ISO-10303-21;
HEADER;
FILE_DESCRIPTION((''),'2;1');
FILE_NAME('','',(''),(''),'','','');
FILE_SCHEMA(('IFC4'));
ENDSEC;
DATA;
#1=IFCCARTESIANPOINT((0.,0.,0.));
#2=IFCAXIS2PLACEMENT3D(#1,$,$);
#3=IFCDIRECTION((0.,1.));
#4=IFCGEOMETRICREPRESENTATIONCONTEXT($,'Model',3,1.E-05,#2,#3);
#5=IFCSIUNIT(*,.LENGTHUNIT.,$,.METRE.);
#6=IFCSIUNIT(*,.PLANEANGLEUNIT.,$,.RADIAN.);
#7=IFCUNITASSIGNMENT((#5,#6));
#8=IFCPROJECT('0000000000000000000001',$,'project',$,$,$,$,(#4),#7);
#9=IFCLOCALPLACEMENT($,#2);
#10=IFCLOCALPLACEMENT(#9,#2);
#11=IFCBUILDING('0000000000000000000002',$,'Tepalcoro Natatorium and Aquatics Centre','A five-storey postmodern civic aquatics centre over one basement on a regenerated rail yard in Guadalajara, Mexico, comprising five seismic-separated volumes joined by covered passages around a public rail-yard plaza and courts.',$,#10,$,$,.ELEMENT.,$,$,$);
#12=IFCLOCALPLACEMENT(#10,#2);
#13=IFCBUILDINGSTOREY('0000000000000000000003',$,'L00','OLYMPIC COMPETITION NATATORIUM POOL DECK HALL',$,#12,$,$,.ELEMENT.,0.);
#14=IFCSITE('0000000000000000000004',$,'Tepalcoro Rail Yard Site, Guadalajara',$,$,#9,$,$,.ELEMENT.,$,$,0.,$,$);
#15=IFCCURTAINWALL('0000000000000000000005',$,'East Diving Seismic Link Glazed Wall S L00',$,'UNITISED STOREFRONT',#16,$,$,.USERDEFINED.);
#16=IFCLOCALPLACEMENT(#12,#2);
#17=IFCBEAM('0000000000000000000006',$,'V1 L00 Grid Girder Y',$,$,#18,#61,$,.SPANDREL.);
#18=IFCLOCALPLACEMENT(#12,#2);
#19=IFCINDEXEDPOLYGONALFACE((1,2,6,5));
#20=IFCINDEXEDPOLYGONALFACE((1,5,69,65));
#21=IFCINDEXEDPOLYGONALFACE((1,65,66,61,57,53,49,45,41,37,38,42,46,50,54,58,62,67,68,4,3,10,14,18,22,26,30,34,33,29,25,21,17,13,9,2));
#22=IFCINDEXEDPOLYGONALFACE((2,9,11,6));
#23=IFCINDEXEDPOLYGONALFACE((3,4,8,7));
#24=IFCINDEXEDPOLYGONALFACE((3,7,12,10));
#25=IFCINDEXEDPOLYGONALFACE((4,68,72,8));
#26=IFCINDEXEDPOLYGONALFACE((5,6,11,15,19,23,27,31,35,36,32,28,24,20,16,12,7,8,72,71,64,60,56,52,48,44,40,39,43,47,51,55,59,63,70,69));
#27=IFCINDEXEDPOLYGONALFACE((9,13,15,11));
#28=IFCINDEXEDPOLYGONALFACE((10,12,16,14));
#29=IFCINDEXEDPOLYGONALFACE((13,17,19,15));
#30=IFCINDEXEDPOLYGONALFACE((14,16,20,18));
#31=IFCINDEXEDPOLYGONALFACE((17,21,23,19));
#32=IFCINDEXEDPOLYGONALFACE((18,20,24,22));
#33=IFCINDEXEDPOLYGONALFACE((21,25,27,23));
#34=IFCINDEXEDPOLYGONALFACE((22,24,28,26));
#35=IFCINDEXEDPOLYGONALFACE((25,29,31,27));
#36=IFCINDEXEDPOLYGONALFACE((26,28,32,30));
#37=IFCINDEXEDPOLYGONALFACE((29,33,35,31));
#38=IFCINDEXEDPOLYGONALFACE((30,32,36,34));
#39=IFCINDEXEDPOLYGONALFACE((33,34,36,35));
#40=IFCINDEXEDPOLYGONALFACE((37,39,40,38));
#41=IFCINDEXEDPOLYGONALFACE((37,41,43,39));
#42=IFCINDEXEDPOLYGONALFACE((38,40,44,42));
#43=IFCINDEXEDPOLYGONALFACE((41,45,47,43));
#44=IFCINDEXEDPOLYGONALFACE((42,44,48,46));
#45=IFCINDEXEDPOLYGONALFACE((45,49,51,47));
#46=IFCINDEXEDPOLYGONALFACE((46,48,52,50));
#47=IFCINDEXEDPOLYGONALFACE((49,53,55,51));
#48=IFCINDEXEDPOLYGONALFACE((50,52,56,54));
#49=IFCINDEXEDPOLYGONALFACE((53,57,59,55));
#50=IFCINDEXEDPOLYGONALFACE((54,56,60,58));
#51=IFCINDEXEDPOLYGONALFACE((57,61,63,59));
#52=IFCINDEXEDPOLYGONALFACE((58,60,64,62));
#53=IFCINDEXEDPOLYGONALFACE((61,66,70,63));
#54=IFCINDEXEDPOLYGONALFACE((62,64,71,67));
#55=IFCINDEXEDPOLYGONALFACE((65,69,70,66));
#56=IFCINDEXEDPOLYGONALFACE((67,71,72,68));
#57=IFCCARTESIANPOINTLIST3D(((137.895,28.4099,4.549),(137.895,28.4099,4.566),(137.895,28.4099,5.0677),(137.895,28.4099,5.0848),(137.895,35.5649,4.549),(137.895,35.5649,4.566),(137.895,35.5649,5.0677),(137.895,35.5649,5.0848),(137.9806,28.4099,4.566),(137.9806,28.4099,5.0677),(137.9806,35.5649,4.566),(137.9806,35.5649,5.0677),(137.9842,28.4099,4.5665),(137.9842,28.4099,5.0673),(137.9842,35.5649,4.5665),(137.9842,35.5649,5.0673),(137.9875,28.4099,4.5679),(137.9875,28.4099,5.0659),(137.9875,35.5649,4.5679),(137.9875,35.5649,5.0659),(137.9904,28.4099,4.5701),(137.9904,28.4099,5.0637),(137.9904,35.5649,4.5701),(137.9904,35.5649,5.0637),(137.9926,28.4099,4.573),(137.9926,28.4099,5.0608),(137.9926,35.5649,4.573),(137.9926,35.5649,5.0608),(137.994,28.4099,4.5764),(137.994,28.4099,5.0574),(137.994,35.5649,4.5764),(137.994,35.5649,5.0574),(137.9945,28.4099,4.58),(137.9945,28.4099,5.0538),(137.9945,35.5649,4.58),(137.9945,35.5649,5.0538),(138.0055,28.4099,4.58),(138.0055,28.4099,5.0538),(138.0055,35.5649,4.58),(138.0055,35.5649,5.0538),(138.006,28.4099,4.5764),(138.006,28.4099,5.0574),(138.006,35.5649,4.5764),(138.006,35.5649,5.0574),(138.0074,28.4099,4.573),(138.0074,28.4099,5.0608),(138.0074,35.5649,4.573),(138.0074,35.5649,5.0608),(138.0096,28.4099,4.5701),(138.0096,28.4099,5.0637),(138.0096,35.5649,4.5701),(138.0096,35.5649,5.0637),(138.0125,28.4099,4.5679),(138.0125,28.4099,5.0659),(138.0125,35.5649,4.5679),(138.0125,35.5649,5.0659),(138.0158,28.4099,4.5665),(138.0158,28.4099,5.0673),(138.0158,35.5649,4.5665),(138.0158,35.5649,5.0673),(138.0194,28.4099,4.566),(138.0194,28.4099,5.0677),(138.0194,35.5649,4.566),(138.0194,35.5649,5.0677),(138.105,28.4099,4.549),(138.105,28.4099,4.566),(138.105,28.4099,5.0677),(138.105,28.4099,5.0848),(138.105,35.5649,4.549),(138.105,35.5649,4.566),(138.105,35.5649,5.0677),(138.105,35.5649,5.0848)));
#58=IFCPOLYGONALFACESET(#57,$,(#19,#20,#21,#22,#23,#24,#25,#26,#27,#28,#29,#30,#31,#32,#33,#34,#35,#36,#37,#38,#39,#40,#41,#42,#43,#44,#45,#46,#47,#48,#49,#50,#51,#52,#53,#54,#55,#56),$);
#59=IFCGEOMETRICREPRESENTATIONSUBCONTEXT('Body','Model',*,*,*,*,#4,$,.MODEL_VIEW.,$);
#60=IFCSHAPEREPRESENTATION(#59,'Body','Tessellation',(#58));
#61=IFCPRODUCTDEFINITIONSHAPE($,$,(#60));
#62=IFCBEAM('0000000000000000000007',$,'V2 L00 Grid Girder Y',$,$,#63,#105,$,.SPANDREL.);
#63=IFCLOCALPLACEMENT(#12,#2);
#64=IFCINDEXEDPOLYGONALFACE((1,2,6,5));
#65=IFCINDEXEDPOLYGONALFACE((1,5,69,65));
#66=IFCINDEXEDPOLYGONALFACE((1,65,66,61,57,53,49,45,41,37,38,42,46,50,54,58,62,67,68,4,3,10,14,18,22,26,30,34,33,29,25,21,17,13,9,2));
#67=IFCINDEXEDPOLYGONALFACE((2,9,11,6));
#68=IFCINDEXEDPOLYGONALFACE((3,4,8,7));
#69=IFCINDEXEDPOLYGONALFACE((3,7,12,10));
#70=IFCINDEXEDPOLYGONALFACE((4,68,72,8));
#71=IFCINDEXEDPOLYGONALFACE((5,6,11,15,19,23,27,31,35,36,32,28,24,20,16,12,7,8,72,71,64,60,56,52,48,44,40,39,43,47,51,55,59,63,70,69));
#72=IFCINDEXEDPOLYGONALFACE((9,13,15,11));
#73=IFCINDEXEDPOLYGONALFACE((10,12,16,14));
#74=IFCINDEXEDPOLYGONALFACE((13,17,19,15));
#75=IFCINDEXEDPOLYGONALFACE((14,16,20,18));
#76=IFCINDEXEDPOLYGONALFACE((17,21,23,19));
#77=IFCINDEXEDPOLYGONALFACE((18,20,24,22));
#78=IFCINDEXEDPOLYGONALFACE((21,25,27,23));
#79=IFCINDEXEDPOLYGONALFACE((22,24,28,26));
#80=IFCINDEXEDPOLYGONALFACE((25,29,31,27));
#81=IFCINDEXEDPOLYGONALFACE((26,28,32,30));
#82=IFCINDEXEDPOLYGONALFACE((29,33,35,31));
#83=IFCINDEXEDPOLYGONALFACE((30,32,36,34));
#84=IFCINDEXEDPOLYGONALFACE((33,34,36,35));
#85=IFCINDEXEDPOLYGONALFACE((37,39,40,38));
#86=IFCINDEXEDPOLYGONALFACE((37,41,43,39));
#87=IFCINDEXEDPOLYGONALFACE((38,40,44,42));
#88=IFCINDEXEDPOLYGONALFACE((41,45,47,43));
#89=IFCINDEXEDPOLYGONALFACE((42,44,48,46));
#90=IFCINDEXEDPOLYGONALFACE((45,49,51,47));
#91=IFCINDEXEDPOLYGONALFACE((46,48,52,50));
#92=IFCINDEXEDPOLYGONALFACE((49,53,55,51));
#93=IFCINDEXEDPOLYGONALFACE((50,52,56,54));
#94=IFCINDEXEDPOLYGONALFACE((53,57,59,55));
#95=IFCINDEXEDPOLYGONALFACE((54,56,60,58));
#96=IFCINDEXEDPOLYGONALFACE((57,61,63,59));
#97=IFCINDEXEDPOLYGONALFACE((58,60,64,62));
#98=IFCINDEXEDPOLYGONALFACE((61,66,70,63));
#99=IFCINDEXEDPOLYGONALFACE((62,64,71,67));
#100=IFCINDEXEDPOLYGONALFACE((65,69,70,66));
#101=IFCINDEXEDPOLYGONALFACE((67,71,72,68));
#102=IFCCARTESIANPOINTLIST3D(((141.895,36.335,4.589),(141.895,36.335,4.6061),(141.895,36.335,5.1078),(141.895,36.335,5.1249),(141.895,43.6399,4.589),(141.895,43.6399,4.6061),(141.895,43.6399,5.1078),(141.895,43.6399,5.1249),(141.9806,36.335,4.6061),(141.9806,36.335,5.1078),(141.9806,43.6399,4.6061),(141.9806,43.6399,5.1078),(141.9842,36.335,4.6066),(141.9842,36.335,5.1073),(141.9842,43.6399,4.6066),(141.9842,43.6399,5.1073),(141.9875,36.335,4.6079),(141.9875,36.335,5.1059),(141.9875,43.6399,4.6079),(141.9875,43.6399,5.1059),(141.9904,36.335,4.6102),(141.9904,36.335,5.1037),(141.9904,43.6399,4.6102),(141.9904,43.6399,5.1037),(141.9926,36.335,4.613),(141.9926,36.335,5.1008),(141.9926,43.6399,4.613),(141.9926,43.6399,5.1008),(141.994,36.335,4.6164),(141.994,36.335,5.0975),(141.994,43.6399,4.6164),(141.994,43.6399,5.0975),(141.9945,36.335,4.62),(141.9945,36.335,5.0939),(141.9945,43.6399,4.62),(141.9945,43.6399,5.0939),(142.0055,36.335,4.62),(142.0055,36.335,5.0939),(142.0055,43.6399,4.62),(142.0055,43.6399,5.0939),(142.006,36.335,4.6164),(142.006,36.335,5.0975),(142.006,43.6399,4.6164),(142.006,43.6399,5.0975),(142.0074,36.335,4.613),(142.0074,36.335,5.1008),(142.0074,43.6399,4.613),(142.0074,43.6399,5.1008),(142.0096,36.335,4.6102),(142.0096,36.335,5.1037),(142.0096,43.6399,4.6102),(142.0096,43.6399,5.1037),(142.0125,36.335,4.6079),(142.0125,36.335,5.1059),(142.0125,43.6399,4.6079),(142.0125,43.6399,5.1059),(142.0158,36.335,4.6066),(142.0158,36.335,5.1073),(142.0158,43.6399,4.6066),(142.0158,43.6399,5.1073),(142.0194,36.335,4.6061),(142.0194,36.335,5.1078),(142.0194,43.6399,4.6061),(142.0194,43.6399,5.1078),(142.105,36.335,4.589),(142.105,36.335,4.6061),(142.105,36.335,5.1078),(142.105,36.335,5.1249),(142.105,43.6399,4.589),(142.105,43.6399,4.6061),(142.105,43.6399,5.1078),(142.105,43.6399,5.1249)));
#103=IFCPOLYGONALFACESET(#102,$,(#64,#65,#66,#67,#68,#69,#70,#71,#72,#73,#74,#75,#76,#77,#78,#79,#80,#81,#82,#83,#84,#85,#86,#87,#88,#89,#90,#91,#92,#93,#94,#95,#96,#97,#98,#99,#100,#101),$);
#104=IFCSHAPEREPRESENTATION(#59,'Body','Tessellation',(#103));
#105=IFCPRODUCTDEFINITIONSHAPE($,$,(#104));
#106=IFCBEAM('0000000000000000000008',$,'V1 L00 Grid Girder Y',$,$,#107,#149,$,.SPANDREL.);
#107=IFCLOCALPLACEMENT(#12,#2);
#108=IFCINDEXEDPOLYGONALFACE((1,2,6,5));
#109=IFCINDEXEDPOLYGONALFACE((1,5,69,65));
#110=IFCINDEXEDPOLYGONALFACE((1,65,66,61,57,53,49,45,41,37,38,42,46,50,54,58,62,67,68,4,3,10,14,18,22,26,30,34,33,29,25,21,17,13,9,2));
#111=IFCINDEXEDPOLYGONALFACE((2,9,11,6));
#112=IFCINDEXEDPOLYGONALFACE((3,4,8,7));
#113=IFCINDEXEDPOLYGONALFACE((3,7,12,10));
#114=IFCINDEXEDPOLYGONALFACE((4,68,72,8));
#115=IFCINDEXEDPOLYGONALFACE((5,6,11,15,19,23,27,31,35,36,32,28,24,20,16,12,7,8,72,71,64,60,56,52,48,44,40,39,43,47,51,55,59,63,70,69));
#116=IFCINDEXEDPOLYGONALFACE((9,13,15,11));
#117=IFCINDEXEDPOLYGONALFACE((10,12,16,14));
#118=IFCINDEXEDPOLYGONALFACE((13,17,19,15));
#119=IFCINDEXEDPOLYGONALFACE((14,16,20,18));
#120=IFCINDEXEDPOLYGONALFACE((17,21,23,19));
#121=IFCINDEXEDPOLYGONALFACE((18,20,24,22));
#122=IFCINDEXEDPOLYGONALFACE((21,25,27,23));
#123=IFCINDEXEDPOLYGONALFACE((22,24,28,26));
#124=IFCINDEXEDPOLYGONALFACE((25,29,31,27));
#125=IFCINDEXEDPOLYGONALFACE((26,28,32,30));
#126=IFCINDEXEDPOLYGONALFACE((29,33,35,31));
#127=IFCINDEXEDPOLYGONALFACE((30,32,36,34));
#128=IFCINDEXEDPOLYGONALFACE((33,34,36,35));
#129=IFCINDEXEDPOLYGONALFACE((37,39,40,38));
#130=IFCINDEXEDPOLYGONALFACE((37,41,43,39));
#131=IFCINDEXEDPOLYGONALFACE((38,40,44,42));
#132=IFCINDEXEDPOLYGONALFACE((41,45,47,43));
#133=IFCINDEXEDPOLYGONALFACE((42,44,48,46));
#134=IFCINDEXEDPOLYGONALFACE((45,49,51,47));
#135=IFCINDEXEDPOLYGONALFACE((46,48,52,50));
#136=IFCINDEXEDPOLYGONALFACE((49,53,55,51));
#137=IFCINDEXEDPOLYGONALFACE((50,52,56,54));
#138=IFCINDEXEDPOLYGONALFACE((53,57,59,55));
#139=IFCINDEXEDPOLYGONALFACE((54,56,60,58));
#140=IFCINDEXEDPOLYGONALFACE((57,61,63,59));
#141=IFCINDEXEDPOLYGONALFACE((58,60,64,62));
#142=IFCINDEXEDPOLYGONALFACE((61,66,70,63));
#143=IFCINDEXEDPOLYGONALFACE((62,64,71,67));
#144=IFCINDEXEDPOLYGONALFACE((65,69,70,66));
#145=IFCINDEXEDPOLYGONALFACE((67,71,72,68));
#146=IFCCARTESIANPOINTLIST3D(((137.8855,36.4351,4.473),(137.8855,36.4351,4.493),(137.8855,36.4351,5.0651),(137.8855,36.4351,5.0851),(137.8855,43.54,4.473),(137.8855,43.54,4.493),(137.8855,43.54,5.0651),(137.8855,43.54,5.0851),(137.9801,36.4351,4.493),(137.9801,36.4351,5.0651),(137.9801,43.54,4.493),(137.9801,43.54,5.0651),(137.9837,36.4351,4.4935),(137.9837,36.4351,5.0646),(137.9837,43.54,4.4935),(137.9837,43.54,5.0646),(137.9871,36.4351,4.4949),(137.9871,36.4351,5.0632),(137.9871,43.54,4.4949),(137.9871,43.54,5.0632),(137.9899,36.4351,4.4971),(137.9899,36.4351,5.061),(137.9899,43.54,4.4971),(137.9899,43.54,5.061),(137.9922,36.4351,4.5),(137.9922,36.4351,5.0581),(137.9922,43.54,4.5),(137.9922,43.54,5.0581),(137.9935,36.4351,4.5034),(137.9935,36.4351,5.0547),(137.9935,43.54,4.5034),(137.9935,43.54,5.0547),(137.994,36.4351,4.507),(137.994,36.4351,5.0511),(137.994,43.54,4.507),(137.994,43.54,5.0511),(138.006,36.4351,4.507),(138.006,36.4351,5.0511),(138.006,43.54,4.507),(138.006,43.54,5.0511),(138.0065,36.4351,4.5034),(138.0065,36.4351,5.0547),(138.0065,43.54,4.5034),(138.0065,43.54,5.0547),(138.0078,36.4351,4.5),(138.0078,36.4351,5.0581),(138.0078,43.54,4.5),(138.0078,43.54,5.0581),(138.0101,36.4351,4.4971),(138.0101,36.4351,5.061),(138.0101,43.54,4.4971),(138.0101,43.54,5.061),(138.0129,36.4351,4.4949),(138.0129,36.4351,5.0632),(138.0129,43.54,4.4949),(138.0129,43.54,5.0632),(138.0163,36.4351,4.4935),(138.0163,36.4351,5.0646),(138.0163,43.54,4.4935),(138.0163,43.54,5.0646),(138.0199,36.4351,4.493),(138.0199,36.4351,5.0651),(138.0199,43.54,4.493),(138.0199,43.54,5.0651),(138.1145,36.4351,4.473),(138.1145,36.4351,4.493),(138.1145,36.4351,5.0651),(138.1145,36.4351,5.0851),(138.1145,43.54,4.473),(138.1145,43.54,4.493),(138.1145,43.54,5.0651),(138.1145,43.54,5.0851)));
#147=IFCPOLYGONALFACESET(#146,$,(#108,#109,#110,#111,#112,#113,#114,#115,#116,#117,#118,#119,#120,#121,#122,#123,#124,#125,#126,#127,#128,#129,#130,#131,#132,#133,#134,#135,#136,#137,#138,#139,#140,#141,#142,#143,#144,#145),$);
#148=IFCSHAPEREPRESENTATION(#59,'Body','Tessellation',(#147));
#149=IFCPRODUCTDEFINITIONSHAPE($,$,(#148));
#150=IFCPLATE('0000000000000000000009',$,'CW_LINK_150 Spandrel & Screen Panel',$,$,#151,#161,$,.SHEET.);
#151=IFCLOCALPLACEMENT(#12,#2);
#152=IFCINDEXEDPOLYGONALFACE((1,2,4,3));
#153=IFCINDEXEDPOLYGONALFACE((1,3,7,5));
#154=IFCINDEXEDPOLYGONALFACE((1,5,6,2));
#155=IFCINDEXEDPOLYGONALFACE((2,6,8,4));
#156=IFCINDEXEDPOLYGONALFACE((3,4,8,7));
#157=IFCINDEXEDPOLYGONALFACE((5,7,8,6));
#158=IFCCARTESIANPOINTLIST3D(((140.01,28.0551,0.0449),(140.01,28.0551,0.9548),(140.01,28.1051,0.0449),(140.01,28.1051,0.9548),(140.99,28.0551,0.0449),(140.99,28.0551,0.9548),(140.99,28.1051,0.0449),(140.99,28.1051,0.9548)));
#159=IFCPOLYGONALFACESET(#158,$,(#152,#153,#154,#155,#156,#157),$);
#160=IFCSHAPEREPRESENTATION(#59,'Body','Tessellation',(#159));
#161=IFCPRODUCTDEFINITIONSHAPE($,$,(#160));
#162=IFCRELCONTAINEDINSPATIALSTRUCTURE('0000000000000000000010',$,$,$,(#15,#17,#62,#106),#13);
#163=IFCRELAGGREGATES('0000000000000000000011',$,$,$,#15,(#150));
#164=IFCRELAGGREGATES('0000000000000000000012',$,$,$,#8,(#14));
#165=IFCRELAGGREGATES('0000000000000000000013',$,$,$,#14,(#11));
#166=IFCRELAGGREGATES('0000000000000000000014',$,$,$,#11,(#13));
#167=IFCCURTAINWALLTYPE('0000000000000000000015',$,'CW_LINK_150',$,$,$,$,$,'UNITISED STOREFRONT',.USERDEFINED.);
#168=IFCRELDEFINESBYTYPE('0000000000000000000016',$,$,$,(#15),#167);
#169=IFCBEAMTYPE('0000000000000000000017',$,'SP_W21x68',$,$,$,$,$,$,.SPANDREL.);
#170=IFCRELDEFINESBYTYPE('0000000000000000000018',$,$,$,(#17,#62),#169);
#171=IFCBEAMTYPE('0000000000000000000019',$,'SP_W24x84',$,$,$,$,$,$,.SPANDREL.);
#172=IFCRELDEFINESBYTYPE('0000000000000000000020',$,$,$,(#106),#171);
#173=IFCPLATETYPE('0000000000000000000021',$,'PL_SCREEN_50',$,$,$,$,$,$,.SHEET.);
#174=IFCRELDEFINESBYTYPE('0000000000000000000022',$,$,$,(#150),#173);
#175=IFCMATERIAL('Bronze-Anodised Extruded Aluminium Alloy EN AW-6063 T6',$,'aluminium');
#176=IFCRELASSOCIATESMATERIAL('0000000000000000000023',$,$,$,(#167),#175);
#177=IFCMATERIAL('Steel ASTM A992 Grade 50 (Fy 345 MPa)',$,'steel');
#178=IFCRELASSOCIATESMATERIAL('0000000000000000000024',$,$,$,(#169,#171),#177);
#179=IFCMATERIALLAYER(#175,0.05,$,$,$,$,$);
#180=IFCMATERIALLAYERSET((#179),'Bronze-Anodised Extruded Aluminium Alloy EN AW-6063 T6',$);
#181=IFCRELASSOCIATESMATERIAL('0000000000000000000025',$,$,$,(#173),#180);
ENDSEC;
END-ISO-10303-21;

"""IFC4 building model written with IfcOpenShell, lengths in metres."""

from ifc_helpers import new_model, si_unit, direction, frame, origin, origin_2d, place, context, subcontext, project, spatial, rectangle, i_section, extrude, material, layer, layer_set, material_profile, profile_set, type_object, element, aggregate, save


model = new_model("IFC4")

# Units and contexts
model_context = context("Model", 3, precision=1e-05, world=origin(), true_north=direction((0.0, 1.0)))
body_context = subcontext(model_context, "Body", "Model", "MODEL_VIEW")
ifc_project = project(units=[si_unit("LENGTHUNIT", "METRE"), si_unit("PLANEANGLEUNIT", "RADIAN")], contexts=[model_context])

# Site, building, storey
site_placement = place(None, origin())
site = spatial("IfcSite", under=ifc_project, at=site_placement, Name="Tepalcoro Rail Yard Site, Guadalajara", CompositionType="ELEMENT", RefElevation=0.0)
building_placement = place(site_placement, origin())
building = spatial("IfcBuilding", under=site, at=building_placement, Name="Tepalcoro Natatorium and Aquatics Centre", Description="A five-storey postmodern civic aquatics centre over one basement on a regenerated rail yard in Guadalajara, Mexico, comprising five seismic-separated volumes joined by covered passages around a public rail-yard plaza and courts.", CompositionType="ELEMENT")
storey_placement = place(building_placement, origin())
storey = spatial("IfcBuildingStorey", under=building, at=storey_placement, Name="L00", Description="OLYMPIC COMPETITION NATATORIUM POOL DECK HALL", CompositionType="ELEMENT", Elevation=0.0)

# Shared definitions
ifc_material_1 = material(Name="Steel ASTM A992 Grade 50 (Fy 345 MPa)", Category="steel")

# Curtain wall
ifc_material_2 = material(Name="Bronze-Anodised Extruded Aluminium Alloy EN AW-6063 T6", Category="aluminium")
curtain_wall_type_1 = type_object("IfcCurtainWallType", Name="CW_LINK_150", ElementType="UNITISED STOREFRONT", PredefinedType="USERDEFINED", material=ifc_material_2)
curtain_wall_1_placement = place(storey_placement, origin())
curtain_wall_1 = element("IfcCurtainWall", 1, at=curtain_wall_1_placement, inside=storey, type_object=curtain_wall_type_1, Name="East Diving Seismic Link Glazed Wall S L00", ObjectType="UNITISED STOREFRONT", PredefinedType="USERDEFINED")

# Beams
ifc_material_profile_1 = material_profile(ifc_material_1, i_section(OverallWidth=0.21, OverallDepth=0.5359, WebThickness=0.011, FlangeThickness=0.0171, FilletRadius=0.0139, at=origin_2d()), Name="W21X68")
ifc_profile_set_1 = profile_set([ifc_material_profile_1], Name="Steel ASTM A992 Grade 50 (Fy 345 MPa)")
beam_type_1 = type_object("IfcBeamType", Name="SP_W21x68", PredefinedType="SPANDREL", material=ifc_profile_set_1)
beam_1_placement = place(storey_placement, frame((138.0, 28.4099, 4.8169), z_axis=(0.0, 1.0, 0.0), x_axis=(-1.0, 0.0, 0.0)))
element("IfcBeam", 2, at=beam_1_placement, inside=storey, type_object=beam_type_1, Name="V1 L00 Grid Girder Y", PredefinedType="SPANDREL", context=body_context, shape_type="SweptSolid", body=[
    extrude(i_section(OverallWidth=0.21, OverallDepth=0.5359, WebThickness=0.011, FlangeThickness=0.0171, FilletRadius=0.0139, at=origin_2d()), origin(), (0.0, 0.0, 1.0), 7.155),
])
beam_2_placement = place(storey_placement, frame((142.0, 36.335, 4.8569), z_axis=(0.0, 1.0, 0.0), x_axis=(-1.0, 0.0, 0.0)))
element("IfcBeam", 3, at=beam_2_placement, inside=storey, type_object=beam_type_1, Name="V2 L00 Grid Girder Y", PredefinedType="SPANDREL", context=body_context, shape_type="SweptSolid", body=[
    extrude(i_section(OverallWidth=0.21, OverallDepth=0.5359, WebThickness=0.011, FlangeThickness=0.0171, FilletRadius=0.0139, at=origin_2d()), origin(), (0.0, 0.0, 1.0), 7.3049),
])
ifc_material_profile_2 = material_profile(ifc_material_1, i_section(OverallWidth=0.229, OverallDepth=0.6121, WebThickness=0.012, FlangeThickness=0.02, FilletRadius=0.0139, at=origin_2d()), Name="W24X84")
ifc_profile_set_2 = profile_set([ifc_material_profile_2], Name="Steel ASTM A992 Grade 50 (Fy 345 MPa)")
beam_type_2 = type_object("IfcBeamType", Name="SP_W24x84", PredefinedType="SPANDREL", material=ifc_profile_set_2)
beam_3_placement = place(storey_placement, frame((138.0, 36.4351, 4.7791), z_axis=(0.0, 1.0, 0.0), x_axis=(-1.0, 0.0, 0.0)))
element("IfcBeam", 4, at=beam_3_placement, inside=storey, type_object=beam_type_2, Name="V1 L00 Grid Girder Y", PredefinedType="SPANDREL", context=body_context, shape_type="SweptSolid", body=[
    extrude(i_section(OverallWidth=0.229, OverallDepth=0.6121, WebThickness=0.012, FlangeThickness=0.02, FilletRadius=0.0139, at=origin_2d()), origin(), (0.0, 0.0, 1.0), 7.105),
])

# Plate
ifc_layer_1 = layer(ifc_material_2, 0.05)
ifc_layer_set_1 = layer_set([ifc_layer_1], Name="Bronze-Anodised Extruded Aluminium Alloy EN AW-6063 T6")
plate_type = type_object("IfcPlateType", Name="PL_SCREEN_50", PredefinedType="SHEET", material=ifc_layer_set_1)
plate_placement = place(storey_placement, frame((140.5, 28.0801, 0.0449), z_axis=(0.0, 0.0, 1.0), x_axis=(1.0, 0.0, 0.0)))
plate = element("IfcPlate", 5, at=plate_placement, type_object=plate_type, Name="CW_LINK_150 Spandrel & Screen Panel", PredefinedType="SHEET", context=body_context, shape_type="SweptSolid", body=[
    extrude(rectangle(XDim=0.98, YDim=0.05, at=origin_2d()), origin(), (0.0, 0.0, 1.0), 0.9099),
])
aggregate(curtain_wall_1, [plate])

save(model, "model.ifc")
